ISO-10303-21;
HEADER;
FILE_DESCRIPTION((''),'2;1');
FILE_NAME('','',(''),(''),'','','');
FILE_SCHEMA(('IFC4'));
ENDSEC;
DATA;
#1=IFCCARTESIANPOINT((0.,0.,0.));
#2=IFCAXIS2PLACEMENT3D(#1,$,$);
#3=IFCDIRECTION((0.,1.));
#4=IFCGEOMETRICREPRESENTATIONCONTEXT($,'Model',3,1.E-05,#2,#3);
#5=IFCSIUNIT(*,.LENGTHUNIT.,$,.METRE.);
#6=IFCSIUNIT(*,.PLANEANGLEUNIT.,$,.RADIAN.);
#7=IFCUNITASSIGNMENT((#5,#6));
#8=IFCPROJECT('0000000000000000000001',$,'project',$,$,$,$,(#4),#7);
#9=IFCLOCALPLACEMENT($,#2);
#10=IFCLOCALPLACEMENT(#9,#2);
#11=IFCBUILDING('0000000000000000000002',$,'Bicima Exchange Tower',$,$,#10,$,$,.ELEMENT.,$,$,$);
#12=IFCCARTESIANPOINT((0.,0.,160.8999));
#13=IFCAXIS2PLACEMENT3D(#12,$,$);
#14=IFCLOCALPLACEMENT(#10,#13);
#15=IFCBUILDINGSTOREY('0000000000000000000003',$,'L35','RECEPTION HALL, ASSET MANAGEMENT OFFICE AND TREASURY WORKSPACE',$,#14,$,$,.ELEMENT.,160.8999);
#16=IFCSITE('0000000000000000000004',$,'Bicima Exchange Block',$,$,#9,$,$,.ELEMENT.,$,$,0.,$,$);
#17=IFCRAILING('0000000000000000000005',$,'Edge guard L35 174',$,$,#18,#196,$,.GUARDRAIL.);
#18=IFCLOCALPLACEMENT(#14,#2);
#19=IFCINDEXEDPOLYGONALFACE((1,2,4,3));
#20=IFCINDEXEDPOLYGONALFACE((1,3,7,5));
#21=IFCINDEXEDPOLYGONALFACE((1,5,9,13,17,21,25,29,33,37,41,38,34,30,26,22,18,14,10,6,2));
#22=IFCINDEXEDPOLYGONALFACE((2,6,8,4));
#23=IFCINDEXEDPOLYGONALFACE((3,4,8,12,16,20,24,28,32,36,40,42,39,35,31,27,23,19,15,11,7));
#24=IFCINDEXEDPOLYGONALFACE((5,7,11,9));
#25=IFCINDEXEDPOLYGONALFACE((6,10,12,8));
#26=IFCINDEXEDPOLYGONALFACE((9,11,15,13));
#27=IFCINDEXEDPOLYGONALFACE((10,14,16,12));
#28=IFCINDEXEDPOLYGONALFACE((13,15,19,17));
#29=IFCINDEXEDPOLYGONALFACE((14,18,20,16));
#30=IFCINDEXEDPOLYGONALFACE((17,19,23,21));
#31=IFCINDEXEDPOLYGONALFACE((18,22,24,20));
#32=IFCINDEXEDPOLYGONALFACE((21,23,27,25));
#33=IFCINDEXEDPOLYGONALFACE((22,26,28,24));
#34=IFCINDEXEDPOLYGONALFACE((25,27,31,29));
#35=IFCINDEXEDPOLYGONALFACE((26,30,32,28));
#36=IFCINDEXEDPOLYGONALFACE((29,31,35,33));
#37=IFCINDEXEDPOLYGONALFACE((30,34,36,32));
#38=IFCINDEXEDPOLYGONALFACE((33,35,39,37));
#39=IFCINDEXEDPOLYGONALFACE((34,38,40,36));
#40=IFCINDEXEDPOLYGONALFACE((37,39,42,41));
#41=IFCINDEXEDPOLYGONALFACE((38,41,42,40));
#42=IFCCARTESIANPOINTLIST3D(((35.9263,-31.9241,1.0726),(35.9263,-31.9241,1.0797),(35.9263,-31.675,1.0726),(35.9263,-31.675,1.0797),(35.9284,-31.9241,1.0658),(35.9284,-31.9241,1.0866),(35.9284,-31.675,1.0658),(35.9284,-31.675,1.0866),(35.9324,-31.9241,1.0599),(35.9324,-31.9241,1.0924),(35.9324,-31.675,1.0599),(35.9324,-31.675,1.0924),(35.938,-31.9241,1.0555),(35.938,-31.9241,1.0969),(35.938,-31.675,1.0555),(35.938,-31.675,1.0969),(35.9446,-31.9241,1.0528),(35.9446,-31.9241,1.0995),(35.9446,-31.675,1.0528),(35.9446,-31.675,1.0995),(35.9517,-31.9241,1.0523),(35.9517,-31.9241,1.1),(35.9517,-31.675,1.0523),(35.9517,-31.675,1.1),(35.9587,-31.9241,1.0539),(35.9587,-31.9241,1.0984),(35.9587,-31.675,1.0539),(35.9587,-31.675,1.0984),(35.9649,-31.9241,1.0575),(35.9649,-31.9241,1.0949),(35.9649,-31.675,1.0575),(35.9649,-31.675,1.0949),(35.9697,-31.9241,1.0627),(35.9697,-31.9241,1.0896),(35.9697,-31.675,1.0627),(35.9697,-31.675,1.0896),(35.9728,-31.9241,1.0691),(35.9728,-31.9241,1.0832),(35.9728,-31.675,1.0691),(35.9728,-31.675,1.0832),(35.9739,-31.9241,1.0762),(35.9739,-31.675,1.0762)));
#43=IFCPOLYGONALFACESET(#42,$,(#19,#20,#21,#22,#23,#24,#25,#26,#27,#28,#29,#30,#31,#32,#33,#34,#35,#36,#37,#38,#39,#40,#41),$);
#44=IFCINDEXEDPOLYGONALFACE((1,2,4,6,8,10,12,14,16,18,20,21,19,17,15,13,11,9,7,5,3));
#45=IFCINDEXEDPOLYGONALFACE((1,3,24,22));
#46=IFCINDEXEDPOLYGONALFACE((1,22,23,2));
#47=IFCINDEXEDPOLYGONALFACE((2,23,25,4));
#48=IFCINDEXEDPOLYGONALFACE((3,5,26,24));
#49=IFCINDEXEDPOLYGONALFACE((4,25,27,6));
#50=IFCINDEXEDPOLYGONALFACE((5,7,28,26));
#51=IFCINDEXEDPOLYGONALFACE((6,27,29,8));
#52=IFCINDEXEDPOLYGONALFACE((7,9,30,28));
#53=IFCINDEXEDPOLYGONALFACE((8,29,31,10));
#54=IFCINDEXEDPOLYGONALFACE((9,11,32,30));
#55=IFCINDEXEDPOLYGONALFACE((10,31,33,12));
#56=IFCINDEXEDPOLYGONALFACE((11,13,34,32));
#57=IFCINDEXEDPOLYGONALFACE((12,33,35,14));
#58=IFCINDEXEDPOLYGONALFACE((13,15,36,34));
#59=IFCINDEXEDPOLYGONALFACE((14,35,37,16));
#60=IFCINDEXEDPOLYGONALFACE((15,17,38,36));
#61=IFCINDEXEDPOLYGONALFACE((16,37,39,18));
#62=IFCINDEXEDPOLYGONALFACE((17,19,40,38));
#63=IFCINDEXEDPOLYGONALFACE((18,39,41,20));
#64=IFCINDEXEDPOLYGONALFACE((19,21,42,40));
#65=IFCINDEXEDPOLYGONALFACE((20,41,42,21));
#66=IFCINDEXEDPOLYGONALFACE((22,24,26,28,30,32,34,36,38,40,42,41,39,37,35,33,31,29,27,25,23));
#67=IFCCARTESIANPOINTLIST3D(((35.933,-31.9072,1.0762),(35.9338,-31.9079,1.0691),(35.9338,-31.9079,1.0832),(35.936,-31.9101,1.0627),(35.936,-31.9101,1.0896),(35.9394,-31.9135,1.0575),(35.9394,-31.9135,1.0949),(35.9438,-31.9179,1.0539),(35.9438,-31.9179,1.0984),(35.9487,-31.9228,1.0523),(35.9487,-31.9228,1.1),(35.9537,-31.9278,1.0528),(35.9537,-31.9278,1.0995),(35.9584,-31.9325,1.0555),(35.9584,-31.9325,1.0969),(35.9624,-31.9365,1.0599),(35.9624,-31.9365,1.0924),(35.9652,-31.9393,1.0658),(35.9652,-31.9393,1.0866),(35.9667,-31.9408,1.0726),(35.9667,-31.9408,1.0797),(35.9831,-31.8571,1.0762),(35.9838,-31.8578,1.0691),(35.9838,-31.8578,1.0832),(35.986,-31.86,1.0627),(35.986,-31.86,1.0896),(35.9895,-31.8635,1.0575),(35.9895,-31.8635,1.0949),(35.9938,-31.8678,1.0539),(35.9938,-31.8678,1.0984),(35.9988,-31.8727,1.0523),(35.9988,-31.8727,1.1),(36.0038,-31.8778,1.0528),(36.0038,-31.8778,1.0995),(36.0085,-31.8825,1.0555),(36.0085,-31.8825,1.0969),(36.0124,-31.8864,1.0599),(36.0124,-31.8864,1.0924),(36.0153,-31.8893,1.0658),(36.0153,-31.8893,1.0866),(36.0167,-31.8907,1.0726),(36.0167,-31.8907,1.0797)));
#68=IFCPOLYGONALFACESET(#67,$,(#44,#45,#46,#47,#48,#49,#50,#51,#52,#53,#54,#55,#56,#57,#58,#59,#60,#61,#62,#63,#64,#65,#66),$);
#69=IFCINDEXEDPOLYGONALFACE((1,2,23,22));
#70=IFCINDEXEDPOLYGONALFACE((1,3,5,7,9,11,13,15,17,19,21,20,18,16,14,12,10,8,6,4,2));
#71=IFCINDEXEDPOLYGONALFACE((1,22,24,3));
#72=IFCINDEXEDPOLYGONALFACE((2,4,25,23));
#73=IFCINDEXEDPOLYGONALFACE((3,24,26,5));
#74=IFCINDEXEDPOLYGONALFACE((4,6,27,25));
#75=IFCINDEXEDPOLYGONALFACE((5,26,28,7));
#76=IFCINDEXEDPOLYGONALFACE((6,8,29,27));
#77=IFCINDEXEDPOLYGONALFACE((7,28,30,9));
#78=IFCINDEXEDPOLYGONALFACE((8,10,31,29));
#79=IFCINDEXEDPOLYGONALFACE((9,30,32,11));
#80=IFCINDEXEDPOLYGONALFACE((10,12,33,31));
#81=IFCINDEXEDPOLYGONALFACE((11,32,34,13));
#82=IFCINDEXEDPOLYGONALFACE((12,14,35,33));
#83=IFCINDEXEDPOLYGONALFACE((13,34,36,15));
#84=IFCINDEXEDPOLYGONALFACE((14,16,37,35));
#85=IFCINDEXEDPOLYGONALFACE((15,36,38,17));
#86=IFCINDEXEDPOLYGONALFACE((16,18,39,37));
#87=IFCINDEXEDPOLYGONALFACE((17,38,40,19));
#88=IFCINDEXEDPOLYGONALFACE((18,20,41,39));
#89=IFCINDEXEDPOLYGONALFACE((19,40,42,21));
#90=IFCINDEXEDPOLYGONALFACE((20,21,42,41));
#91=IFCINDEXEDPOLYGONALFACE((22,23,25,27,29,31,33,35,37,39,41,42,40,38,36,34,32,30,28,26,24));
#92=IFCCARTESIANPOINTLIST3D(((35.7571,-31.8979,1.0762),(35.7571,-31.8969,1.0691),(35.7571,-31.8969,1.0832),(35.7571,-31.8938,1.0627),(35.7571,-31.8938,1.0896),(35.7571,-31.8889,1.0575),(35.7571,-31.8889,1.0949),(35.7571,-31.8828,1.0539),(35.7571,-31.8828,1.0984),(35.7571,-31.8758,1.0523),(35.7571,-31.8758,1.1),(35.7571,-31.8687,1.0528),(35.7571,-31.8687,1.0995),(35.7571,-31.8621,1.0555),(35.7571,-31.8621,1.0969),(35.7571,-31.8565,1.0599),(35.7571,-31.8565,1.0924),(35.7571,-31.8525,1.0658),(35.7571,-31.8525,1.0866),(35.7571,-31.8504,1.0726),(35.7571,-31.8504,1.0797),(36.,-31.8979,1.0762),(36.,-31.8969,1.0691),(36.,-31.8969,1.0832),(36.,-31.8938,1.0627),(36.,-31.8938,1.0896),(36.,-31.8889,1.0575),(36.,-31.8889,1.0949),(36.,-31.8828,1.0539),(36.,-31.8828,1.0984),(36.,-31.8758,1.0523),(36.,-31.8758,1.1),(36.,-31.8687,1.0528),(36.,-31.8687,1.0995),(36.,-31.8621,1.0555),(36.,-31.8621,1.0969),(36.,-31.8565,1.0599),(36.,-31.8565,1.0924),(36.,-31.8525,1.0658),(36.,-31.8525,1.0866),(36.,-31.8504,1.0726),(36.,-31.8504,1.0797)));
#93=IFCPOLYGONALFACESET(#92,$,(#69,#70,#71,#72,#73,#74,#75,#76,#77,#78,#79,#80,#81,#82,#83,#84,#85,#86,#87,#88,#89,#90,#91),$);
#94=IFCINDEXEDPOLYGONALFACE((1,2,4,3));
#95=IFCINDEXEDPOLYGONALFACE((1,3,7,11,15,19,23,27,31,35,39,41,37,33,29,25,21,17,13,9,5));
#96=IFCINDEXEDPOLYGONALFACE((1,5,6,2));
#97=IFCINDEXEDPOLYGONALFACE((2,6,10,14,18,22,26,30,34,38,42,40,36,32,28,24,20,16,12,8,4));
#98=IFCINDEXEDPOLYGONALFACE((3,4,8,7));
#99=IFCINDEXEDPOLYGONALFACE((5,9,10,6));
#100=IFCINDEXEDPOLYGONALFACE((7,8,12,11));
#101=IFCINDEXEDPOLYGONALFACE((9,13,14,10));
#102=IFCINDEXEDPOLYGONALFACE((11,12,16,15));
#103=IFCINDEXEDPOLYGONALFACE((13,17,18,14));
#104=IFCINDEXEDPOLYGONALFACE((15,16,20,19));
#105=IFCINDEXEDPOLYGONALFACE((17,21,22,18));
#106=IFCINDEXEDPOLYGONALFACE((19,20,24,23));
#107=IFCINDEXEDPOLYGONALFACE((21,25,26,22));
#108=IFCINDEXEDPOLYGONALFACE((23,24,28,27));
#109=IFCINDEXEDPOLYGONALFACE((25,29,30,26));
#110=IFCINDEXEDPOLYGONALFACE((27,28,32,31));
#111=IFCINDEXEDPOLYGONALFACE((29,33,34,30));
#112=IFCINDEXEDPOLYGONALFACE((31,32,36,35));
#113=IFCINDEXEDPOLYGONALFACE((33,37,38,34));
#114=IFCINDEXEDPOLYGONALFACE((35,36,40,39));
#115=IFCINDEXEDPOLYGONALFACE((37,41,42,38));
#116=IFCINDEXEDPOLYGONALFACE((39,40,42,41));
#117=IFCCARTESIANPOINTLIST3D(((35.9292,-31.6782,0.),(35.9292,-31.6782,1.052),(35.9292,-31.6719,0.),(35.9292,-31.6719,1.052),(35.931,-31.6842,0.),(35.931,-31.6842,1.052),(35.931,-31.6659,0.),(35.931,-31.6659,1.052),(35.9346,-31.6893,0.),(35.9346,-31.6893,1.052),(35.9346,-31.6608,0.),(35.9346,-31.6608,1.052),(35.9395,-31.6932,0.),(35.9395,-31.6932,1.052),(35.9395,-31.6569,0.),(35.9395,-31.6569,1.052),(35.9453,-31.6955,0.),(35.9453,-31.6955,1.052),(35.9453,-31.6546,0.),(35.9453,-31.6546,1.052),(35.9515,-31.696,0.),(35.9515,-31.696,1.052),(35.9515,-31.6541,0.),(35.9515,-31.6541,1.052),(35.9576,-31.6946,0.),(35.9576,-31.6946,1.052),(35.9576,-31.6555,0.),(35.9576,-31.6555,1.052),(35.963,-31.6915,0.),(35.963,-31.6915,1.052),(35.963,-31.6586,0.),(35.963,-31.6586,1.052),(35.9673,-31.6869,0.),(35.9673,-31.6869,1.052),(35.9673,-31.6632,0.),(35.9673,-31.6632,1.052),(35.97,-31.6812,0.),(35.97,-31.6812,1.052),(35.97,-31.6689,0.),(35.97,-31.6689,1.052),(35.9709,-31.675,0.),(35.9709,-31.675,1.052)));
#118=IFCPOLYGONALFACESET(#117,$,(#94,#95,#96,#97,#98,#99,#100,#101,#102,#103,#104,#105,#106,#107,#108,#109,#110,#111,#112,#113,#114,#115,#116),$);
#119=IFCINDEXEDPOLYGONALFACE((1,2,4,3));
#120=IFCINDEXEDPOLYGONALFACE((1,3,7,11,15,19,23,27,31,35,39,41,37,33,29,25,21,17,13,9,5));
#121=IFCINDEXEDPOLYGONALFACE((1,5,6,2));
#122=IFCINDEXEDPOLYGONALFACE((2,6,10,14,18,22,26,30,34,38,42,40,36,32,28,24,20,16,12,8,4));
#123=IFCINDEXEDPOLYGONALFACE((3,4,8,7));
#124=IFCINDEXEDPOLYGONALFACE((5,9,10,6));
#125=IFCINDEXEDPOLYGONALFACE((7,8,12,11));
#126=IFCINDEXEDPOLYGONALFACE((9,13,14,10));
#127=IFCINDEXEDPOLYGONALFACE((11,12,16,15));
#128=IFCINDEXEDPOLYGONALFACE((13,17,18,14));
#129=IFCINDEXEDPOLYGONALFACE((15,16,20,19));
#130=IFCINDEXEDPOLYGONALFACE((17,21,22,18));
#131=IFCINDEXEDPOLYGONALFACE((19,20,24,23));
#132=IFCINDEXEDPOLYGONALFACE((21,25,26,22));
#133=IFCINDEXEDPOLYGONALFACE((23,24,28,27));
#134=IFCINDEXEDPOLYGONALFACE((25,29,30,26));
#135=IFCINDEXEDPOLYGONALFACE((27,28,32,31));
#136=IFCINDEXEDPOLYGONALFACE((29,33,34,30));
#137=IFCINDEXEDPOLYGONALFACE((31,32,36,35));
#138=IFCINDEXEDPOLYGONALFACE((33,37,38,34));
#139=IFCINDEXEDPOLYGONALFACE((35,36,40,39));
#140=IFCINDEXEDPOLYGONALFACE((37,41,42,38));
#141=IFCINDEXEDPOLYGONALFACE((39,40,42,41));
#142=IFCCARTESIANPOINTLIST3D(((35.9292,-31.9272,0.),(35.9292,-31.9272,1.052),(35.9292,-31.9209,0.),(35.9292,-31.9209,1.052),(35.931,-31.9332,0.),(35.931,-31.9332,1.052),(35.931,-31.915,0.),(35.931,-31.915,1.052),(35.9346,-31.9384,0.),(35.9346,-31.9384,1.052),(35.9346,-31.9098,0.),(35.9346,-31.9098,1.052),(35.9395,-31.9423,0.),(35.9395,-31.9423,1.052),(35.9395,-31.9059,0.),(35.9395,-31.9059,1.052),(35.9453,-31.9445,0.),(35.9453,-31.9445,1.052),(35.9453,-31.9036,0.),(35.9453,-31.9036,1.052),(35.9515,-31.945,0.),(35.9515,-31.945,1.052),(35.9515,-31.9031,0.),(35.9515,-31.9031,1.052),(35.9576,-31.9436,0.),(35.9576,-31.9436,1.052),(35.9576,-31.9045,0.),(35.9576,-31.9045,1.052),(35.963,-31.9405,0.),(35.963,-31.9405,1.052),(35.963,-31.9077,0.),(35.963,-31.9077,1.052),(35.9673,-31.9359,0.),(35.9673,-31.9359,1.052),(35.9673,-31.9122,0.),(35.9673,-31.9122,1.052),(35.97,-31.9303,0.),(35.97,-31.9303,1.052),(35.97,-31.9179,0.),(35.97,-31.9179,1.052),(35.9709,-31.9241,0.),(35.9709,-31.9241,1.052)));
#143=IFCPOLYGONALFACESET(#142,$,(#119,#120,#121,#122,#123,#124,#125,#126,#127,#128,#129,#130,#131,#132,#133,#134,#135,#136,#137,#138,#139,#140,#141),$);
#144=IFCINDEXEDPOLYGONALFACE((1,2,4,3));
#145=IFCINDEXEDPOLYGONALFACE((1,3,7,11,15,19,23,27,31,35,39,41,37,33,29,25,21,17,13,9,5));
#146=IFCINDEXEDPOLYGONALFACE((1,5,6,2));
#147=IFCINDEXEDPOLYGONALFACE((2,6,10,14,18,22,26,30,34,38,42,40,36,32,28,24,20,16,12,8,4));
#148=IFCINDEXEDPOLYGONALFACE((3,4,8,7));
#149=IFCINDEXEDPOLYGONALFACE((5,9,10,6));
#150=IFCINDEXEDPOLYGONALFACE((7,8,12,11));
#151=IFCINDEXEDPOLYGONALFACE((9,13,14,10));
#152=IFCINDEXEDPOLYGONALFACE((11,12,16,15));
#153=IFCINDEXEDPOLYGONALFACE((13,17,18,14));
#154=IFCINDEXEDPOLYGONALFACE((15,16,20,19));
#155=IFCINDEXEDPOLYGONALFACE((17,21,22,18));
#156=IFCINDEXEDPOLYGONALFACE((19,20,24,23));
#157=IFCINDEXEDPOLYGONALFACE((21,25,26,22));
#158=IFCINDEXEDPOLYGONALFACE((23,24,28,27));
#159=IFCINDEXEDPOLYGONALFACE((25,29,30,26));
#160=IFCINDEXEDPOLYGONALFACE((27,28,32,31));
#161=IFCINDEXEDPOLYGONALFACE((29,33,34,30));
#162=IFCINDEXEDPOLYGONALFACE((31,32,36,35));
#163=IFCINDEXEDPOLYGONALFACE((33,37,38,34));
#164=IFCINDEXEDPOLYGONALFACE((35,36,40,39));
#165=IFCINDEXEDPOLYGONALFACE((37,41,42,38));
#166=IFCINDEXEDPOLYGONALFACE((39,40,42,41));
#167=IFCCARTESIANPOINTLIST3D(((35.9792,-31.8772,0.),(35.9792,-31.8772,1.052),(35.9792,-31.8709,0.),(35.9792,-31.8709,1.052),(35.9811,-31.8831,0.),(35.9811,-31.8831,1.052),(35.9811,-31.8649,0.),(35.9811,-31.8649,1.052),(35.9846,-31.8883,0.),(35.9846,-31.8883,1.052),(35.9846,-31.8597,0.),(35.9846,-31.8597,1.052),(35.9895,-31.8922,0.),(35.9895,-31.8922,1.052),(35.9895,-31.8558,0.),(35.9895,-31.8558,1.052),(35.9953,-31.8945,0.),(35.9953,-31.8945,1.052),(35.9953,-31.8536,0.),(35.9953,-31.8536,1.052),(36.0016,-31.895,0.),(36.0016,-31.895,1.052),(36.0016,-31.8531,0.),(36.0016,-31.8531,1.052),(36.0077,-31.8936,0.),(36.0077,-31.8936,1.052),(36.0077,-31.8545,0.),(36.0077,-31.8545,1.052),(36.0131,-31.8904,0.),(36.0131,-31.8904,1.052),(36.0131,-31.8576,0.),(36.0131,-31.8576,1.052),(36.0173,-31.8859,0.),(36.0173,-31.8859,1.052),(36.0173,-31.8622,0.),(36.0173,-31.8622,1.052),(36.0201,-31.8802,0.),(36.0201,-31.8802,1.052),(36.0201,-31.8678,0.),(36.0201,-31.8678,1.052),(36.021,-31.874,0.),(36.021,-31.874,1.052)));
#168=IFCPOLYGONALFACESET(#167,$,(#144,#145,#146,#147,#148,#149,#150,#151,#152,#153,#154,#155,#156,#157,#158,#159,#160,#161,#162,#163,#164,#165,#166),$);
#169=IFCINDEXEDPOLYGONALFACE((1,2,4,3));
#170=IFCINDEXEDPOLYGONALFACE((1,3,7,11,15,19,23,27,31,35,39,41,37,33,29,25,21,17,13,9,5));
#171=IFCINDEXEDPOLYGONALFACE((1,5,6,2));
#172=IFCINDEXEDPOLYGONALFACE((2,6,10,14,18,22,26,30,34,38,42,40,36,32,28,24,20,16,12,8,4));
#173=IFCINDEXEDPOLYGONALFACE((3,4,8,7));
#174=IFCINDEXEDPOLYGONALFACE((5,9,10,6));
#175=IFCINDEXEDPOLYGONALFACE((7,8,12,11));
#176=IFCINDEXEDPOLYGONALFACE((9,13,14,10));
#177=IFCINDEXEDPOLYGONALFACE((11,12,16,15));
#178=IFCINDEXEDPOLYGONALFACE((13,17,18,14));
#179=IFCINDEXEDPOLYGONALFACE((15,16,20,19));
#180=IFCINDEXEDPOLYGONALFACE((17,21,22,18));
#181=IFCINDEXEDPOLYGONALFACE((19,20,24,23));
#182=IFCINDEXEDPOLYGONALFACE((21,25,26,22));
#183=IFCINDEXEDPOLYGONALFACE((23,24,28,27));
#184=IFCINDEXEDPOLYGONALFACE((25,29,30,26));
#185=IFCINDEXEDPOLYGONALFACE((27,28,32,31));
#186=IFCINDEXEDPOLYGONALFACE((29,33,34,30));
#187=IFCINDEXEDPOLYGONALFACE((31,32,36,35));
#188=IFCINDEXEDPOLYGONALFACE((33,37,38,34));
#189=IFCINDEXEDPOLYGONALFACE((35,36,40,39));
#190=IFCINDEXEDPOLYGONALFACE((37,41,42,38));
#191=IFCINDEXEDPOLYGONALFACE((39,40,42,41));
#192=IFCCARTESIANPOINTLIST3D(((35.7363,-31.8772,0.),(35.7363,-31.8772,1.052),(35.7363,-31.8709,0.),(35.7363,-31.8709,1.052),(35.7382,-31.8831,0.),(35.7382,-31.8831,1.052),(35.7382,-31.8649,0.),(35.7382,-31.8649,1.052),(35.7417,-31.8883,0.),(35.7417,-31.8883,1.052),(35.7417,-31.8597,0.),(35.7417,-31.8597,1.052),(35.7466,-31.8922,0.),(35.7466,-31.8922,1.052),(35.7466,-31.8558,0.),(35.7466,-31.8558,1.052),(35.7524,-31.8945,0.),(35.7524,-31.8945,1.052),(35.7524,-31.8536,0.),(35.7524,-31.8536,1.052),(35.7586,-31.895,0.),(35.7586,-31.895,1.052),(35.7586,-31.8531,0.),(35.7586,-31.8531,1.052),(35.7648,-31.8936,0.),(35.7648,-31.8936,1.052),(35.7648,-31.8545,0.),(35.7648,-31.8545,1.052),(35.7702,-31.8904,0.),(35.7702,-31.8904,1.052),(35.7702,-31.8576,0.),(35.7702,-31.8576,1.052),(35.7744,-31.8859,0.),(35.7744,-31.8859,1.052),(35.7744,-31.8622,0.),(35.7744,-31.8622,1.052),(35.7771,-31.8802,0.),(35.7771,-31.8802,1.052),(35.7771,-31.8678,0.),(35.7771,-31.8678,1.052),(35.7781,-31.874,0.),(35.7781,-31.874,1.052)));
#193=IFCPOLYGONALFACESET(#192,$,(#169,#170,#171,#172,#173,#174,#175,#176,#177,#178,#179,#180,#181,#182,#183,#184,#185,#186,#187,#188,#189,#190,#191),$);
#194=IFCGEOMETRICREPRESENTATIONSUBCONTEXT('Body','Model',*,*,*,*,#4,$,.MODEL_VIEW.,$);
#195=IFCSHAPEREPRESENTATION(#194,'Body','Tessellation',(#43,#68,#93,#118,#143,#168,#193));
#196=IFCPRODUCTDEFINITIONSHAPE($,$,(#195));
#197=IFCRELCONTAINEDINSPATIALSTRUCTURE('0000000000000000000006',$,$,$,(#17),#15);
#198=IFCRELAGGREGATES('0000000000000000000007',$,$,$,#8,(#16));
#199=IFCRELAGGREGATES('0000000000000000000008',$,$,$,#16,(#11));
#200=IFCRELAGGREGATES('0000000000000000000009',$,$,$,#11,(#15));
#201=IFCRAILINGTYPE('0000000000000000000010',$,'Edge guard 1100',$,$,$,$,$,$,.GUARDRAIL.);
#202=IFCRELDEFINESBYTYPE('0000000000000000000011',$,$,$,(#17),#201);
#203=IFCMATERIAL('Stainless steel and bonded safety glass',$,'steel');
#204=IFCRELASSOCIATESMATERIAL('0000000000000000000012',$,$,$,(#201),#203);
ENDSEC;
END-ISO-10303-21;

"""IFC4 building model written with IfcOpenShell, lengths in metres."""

from ifc_helpers import new_model, si_unit, direction, frame, origin, origin_2d, place, context, subcontext, project, spatial, circle, extrude, material, type_object, element, save


model = new_model("IFC4")

# Units and contexts
model_context = context("Model", 3, precision=1e-05, world=origin(), true_north=direction((0.0, 1.0)))
body_context = subcontext(model_context, "Body", "Model", "MODEL_VIEW")
ifc_project = project(units=[si_unit("LENGTHUNIT", "METRE"), si_unit("PLANEANGLEUNIT", "RADIAN")], contexts=[model_context])

# Site, building, storey
site_placement = place(None, origin())
site = spatial("IfcSite", under=ifc_project, at=site_placement, Name="Bicima Exchange Block", CompositionType="ELEMENT", RefElevation=0.0)
building_placement = place(site_placement, origin())
building = spatial("IfcBuilding", under=site, at=building_placement, Name="Bicima Exchange Tower", CompositionType="ELEMENT")
storey_placement = place(building_placement, frame((0.0, 0.0, 160.8999)))
storey = spatial("IfcBuildingStorey", under=building, at=storey_placement, Name="L35", Description="RECEPTION HALL, ASSET MANAGEMENT OFFICE AND TREASURY WORKSPACE", CompositionType="ELEMENT", Elevation=160.8999)

# Railing
ifc_material_1 = material(Name="Stainless steel and bonded safety glass", Category="steel")
railing_type = type_object("IfcRailingType", Name="Edge guard 1100", PredefinedType="GUARDRAIL", material=ifc_material_1)
railing_placement = place(storey_placement, frame((35.95, -31.675, 0.0)))
element("IfcRailing", 1, at=railing_placement, inside=storey, type_object=railing_type, Name="Edge guard L35 174", PredefinedType="GUARDRAIL", context=body_context, shape_type="SweptSolid", body=[
    extrude(circle(Radius=0.0239, at=origin_2d()), frame((0.0, 0.0, 1.0762), z_axis=(0.0, -1.0, 0.0), x_axis=(1.0, 0.0, 0.0)), (0.0, 0.0, 1.0), 0.249),
    extrude(circle(Radius=0.0239, at=origin_2d()), frame((0.0, -0.249, 1.0762), z_axis=(0.707107, 0.707107, 0.0), x_axis=(-0.707107, 0.707107, 0.0)), (0.0, 0.0, 1.0), 0.0708),
    extrude(circle(Radius=0.0239, at=origin_2d()), frame((0.05, -0.199, 1.0762), z_axis=(-1.0, 0.0, 0.0), x_axis=(0.0, -1.0, 0.0)), (0.0, 0.0, 1.0), 0.2429),
    extrude(circle(Radius=0.021, at=origin_2d()), origin(), (0.0, 0.0, 1.0), 1.052),
    extrude(circle(Radius=0.021, at=origin_2d()), frame((0.0, -0.249, 0.0)), (0.0, 0.0, 1.0), 1.052),
    extrude(circle(Radius=0.021, at=origin_2d()), frame((0.05, -0.199, 0.0)), (0.0, 0.0, 1.0), 1.052),
    extrude(circle(Radius=0.021, at=origin_2d()), frame((-0.1929, -0.199, 0.0)), (0.0, 0.0, 1.0), 1.052),
])

save(model, "model.ifc")
